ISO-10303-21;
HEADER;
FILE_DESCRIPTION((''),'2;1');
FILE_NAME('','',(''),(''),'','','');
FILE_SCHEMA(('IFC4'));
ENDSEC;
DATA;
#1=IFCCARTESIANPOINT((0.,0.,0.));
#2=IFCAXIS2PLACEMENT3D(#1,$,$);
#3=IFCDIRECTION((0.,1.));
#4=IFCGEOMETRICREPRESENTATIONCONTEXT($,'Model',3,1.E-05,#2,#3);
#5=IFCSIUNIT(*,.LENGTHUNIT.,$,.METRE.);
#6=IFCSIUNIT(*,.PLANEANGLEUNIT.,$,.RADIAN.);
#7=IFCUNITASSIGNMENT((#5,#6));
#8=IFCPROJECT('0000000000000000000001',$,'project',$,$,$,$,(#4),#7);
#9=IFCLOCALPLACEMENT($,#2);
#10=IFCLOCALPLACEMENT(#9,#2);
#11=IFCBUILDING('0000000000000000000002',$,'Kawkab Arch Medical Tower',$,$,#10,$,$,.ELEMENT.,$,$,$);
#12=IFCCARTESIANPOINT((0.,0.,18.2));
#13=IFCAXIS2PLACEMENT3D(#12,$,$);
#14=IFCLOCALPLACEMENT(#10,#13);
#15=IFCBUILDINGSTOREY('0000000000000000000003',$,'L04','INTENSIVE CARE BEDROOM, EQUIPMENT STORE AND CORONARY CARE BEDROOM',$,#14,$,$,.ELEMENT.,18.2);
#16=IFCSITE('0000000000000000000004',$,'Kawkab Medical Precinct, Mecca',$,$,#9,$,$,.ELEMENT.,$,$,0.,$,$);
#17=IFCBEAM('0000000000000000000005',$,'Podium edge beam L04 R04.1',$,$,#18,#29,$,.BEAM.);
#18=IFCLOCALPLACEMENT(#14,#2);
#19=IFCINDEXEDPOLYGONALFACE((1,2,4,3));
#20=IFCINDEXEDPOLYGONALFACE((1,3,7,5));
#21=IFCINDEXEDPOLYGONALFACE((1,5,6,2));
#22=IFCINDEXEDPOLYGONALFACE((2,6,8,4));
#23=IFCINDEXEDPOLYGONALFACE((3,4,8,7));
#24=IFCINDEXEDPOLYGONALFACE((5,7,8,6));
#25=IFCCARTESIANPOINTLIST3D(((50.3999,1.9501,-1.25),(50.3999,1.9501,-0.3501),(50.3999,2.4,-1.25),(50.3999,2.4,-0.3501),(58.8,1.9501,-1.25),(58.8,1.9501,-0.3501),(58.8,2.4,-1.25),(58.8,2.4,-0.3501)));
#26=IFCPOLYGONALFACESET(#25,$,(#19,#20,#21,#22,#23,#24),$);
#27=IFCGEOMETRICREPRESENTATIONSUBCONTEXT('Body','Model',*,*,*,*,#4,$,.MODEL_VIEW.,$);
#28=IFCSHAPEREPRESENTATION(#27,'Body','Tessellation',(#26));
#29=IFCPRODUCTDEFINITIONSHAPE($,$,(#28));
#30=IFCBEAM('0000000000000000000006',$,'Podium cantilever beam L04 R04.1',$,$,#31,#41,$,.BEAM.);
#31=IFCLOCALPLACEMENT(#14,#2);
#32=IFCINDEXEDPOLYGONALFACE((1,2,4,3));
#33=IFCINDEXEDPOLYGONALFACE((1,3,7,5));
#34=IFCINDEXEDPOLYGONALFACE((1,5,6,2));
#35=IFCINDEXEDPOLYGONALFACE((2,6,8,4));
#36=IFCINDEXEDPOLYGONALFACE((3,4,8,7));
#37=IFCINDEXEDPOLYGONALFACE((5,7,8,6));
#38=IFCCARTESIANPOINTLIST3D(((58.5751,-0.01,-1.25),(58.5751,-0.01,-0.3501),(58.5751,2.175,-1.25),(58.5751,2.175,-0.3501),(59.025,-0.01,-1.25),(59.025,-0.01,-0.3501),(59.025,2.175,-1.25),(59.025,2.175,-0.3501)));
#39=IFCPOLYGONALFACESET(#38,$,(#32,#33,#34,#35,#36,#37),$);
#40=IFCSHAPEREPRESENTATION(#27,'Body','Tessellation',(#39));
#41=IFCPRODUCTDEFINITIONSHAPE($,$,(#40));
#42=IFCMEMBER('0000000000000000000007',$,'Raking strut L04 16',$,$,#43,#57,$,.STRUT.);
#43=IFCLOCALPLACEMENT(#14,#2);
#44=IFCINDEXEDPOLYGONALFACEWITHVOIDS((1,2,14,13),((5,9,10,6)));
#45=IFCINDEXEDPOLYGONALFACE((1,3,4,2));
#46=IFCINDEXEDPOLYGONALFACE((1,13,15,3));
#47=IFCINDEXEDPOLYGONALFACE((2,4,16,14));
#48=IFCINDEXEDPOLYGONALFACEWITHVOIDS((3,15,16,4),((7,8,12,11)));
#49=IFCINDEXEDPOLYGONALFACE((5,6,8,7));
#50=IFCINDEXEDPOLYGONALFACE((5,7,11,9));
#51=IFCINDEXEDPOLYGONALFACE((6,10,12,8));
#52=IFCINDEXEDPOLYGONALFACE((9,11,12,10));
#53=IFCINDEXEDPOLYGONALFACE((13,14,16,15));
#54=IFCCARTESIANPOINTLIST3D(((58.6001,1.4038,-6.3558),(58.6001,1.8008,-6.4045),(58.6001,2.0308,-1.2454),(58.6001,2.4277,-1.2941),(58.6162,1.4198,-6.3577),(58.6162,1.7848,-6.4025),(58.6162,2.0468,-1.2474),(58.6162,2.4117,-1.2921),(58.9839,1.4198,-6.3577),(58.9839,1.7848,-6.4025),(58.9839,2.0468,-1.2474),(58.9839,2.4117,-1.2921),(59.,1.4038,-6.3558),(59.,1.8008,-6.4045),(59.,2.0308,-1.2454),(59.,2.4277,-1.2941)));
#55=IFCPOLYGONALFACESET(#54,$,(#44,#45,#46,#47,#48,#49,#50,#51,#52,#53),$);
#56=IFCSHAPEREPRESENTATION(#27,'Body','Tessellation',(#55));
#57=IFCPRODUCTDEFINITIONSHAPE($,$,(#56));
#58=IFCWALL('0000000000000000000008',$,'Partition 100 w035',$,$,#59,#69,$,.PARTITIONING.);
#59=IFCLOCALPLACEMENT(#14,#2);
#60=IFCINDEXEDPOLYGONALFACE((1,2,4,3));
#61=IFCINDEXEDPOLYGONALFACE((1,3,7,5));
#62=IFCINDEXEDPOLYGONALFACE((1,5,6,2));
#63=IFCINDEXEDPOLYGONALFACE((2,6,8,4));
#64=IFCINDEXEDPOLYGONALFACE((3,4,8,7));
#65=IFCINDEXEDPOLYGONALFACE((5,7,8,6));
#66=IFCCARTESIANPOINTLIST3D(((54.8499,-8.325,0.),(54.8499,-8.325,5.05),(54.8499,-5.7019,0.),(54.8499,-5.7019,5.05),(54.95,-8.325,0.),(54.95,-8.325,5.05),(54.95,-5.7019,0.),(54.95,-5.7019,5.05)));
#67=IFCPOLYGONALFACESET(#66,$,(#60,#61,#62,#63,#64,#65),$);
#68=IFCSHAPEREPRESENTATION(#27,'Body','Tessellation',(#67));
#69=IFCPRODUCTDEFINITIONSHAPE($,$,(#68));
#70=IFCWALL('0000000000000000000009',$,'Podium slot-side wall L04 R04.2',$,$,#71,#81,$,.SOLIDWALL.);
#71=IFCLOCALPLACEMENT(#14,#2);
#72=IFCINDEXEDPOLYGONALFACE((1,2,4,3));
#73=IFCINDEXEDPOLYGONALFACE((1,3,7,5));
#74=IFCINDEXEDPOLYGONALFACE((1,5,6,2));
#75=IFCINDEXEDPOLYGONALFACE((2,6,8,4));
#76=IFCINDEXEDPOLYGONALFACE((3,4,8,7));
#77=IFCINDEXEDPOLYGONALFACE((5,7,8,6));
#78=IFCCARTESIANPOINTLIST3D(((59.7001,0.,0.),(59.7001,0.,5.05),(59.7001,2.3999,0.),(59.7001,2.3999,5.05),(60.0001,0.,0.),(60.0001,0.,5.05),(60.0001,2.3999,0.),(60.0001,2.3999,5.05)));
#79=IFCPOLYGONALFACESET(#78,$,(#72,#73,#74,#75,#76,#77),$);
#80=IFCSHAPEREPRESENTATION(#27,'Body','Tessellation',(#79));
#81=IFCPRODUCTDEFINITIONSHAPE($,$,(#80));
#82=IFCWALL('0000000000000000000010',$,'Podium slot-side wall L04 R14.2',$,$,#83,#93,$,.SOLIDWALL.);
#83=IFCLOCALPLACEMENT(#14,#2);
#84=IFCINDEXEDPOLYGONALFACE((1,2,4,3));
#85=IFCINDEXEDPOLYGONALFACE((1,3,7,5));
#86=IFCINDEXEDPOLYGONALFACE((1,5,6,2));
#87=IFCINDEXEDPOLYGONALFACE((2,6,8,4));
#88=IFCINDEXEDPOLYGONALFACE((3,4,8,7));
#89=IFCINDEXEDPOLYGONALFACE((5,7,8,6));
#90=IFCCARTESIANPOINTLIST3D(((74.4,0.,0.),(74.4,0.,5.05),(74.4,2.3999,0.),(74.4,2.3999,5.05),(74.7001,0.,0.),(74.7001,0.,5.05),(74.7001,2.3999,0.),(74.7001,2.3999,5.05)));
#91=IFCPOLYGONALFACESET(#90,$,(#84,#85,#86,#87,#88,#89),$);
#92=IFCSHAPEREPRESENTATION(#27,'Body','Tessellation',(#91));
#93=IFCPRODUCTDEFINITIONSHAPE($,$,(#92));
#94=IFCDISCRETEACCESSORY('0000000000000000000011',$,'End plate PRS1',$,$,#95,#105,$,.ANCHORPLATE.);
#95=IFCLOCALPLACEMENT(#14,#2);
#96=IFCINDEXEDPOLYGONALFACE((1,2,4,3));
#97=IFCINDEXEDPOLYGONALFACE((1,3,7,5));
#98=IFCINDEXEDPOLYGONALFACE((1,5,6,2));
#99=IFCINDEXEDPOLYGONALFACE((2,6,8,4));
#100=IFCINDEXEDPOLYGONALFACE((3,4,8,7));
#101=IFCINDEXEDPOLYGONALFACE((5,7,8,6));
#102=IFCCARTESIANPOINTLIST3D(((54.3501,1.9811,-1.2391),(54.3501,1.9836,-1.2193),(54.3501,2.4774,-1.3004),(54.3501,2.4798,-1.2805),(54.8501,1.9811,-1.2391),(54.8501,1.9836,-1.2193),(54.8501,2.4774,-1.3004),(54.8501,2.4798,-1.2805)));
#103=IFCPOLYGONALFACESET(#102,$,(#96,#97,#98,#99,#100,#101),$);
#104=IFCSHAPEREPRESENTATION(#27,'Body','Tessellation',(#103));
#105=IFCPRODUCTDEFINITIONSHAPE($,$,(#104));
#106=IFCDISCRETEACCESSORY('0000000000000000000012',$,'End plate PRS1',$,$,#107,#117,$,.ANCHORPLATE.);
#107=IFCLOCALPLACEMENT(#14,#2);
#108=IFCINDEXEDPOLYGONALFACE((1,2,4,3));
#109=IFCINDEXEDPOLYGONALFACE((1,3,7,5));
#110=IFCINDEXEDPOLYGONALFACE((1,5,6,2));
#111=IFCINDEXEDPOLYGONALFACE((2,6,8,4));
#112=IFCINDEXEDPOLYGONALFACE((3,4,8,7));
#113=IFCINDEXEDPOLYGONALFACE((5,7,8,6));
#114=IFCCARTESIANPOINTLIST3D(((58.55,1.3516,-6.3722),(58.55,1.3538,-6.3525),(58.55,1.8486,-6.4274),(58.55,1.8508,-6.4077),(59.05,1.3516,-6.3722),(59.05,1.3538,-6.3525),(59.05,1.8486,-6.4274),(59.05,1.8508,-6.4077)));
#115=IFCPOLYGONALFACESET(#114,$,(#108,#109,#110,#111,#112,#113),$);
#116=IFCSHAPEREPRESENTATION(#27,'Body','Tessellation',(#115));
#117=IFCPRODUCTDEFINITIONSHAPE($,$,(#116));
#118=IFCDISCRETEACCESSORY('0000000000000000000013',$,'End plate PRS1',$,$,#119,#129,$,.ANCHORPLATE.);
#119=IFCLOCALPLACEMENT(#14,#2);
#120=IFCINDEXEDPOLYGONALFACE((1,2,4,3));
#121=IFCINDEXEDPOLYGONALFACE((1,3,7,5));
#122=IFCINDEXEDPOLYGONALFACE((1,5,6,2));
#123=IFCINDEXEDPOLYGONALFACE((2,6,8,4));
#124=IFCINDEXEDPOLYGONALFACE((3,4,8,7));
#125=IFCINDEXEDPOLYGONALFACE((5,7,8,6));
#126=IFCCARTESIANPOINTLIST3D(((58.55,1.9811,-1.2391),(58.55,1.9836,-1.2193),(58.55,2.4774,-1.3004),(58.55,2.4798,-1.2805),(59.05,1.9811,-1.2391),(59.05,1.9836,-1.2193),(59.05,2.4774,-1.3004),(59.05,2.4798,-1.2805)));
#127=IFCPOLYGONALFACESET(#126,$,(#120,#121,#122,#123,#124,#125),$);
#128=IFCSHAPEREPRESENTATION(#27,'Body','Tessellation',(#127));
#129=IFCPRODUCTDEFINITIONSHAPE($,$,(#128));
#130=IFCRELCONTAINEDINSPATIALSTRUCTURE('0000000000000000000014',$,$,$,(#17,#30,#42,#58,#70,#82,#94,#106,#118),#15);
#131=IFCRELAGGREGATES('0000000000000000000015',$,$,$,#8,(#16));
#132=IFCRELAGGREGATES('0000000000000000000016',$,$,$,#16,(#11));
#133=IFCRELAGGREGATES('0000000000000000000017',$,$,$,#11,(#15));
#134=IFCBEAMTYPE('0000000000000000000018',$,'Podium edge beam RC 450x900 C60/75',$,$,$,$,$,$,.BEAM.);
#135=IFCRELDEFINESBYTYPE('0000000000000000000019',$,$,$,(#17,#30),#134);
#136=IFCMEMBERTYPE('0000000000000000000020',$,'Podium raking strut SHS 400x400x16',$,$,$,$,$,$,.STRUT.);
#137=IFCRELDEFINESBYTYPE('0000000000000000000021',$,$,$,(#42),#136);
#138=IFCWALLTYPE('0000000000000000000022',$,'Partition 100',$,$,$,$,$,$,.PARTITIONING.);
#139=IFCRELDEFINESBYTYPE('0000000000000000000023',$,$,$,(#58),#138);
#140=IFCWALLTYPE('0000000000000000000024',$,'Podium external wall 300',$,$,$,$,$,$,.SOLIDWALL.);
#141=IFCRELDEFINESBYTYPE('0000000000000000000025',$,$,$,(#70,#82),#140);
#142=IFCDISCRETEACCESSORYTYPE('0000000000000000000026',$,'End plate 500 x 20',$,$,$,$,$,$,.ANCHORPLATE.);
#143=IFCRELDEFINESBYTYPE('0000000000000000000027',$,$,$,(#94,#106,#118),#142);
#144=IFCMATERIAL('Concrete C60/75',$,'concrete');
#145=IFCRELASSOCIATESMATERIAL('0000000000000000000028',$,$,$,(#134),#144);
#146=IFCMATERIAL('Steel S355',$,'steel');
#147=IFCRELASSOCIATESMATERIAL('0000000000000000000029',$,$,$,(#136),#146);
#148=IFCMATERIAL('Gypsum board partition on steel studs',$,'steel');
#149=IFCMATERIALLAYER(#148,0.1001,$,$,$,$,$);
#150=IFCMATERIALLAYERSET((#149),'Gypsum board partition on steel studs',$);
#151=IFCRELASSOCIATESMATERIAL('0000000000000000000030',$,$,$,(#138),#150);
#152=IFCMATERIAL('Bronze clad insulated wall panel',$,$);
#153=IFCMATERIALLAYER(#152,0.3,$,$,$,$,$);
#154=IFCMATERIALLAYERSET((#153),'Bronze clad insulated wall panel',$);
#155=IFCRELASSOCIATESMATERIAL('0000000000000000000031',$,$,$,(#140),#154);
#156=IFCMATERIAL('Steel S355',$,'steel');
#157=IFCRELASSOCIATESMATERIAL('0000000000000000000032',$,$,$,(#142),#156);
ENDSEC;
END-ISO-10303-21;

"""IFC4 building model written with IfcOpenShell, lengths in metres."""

from ifc_helpers import new_model, si_unit, direction, frame, frame_2d, origin, origin_2d, place, context, subcontext, project, spatial, rectangle, hollow_rectangle, extrude, material, layer, layer_set, material_profile, profile_set, type_object, element, save


model = new_model("IFC4")

# Units and contexts
model_context = context("Model", 3, precision=1e-05, world=origin(), true_north=direction((0.0, 1.0)))
body_context = subcontext(model_context, "Body", "Model", "MODEL_VIEW")
ifc_project = project(units=[si_unit("LENGTHUNIT", "METRE"), si_unit("PLANEANGLEUNIT", "RADIAN")], contexts=[model_context])

# Site, building, storey
site_placement = place(None, origin())
site = spatial("IfcSite", under=ifc_project, at=site_placement, Name="Kawkab Medical Precinct, Mecca", CompositionType="ELEMENT", RefElevation=0.0)
building_placement = place(site_placement, origin())
building = spatial("IfcBuilding", under=site, at=building_placement, Name="Kawkab Arch Medical Tower", CompositionType="ELEMENT")
storey_placement = place(building_placement, frame((0.0, 0.0, 18.2)))
storey = spatial("IfcBuildingStorey", under=building, at=storey_placement, Name="L04", Description="INTENSIVE CARE BEDROOM, EQUIPMENT STORE AND CORONARY CARE BEDROOM", CompositionType="ELEMENT", Elevation=18.2)

# Beams
ifc_material_1 = material(Name="Concrete C60/75", Category="concrete")
ifc_material_profile_1 = material_profile(ifc_material_1, rectangle(XDim=0.45, YDim=0.8999, at=origin_2d()), Name="RC 450x900")
ifc_profile_set_1 = profile_set([ifc_material_profile_1], Name="Concrete C60/75")
beam_type = type_object("IfcBeamType", Name="Podium edge beam RC 450x900 C60/75", PredefinedType="BEAM", material=ifc_profile_set_1)
beam_1_placement = place(storey_placement, frame((58.8, 2.175, -0.8), z_axis=(-1.0, 0.0, 0.0), x_axis=(0.0, -1.0, 0.0)))
element("IfcBeam", 1, at=beam_1_placement, inside=storey, type_object=beam_type, Name="Podium edge beam L04 R04.1", PredefinedType="BEAM", context=body_context, shape_type="SweptSolid", body=[
    extrude(rectangle(XDim=0.45, YDim=0.8999, at=origin_2d()), origin(), (0.0, 0.0, 1.0), 8.4001),
])
beam_2_placement = place(storey_placement, frame((58.8, -0.01, -0.8), z_axis=(0.0, 1.0, 0.0), x_axis=(-1.0, 0.0, 0.0)))
element("IfcBeam", 2, at=beam_2_placement, inside=storey, type_object=beam_type, Name="Podium cantilever beam L04 R04.1", PredefinedType="BEAM", context=body_context, shape_type="SweptSolid", body=[
    extrude(rectangle(XDim=0.45, YDim=0.8999, at=origin_2d()), origin(), (0.0, 0.0, 1.0), 2.1851),
])

# Member
ifc_material_2 = material(Name="Steel S355", Category="steel")
ifc_material_profile_2 = material_profile(ifc_material_2, hollow_rectangle(XDim=0.3999, YDim=0.3999, WallThickness=0.0161, at=origin_2d()), Name="SHS 400x400x16")
ifc_profile_set_2 = profile_set([ifc_material_profile_2], Name="Steel S355")
member_type = type_object("IfcMemberType", Name="Podium raking strut SHS 400x400x16", PredefinedType="STRUT", material=ifc_profile_set_2)
member_placement = place(storey_placement, frame((58.8, 1.6023, -6.3801), z_axis=(0.0, 0.12177, 0.992558), x_axis=(-1.0, 0.0, 0.0)))
element("IfcMember", 3, at=member_placement, inside=storey, type_object=member_type, Name="Raking strut L04 16", PredefinedType="STRUT", context=body_context, shape_type="SweptSolid", body=[
    extrude(hollow_rectangle(XDim=0.3999, YDim=0.3999, WallThickness=0.0161, at=origin_2d()), origin(), (0.0, 0.0, 1.0), 5.1487),
])

# Walls
ifc_material_3 = material(Name="Gypsum board partition on steel studs", Category="steel")
ifc_layer_1 = layer(ifc_material_3, 0.1001)
ifc_layer_set_1 = layer_set([ifc_layer_1], Name="Gypsum board partition on steel studs")
wall_type_1 = type_object("IfcWallType", Name="Partition 100", PredefinedType="PARTITIONING", material=ifc_layer_set_1)
wall_1_placement = place(storey_placement, frame((54.8999, -8.325, 0.0), z_axis=(0.0, 0.0, 1.0), x_axis=(0.0, 1.0, 0.0)))
element("IfcWall", 4, at=wall_1_placement, inside=storey, type_object=wall_type_1, Name="Partition 100 w035", PredefinedType="PARTITIONING", context=body_context, shape_type="SweptSolid", body=[
    extrude(rectangle(XDim=2.623, YDim=0.1001, at=frame_2d((1.3115, 0.0))), origin(), (0.0, 0.0, 1.0), 5.05),
])
ifc_material_4 = material(Name="Bronze clad insulated wall panel")
ifc_layer_2 = layer(ifc_material_4, 0.3)
ifc_layer_set_2 = layer_set([ifc_layer_2], Name="Bronze clad insulated wall panel")
wall_type_2 = type_object("IfcWallType", Name="Podium external wall 300", PredefinedType="SOLIDWALL", material=ifc_layer_set_2)
wall_2_placement = place(storey_placement, frame((59.8501, 0.0, 0.0), z_axis=(0.0, 0.0, 1.0), x_axis=(0.0, 1.0, 0.0)))
element("IfcWall", 5, at=wall_2_placement, inside=storey, type_object=wall_type_2, Name="Podium slot-side wall L04 R04.2", PredefinedType="SOLIDWALL", context=body_context, shape_type="SweptSolid", body=[
    extrude(rectangle(XDim=2.3999, YDim=0.3, at=frame_2d((1.2, 0.0))), origin(), (0.0, 0.0, 1.0), 5.05),
])

# Wall
wall_3_placement = place(storey_placement, frame((74.55, 2.3999, 0.0), z_axis=(0.0, 0.0, 1.0), x_axis=(0.0, -1.0, 0.0)))
element("IfcWall", 6, at=wall_3_placement, inside=storey, type_object=wall_type_2, Name="Podium slot-side wall L04 R14.2", PredefinedType="SOLIDWALL", context=body_context, shape_type="SweptSolid", body=[
    extrude(rectangle(XDim=2.3999, YDim=0.3, at=frame_2d((1.2, 0.0))), origin(), (0.0, 0.0, 1.0), 5.05),
])

# Discrete accessories
ifc_material_5 = material(Name="Steel S355", Category="steel")
ifc_material_profile_3 = material_profile(ifc_material_5, rectangle(XDim=0.5, YDim=0.5, at=origin_2d()), Name="End plate 500 x 20")
ifc_profile_set_3 = profile_set([ifc_material_profile_3], Name="Steel S355")
discrete_accessory_type = type_object("IfcDiscreteAccessoryType", Name="End plate 500 x 20", PredefinedType="ANCHORPLATE", material=ifc_profile_set_3)
discrete_accessory_1_placement = place(storey_placement, frame((54.6001, 2.2292, -1.2698), z_axis=(0.0, 0.122527, 0.992465), x_axis=(-1.0, 0.0, 0.0)))
element("IfcDiscreteAccessory", 7, at=discrete_accessory_1_placement, inside=storey, type_object=discrete_accessory_type, Name="End plate PRS1", PredefinedType="ANCHORPLATE", context=body_context, shape_type="SweptSolid", body=[
    extrude(rectangle(XDim=0.5, YDim=0.5, at=origin_2d()), origin(), (0.0, 0.0, 1.0), 0.02),
])
discrete_accessory_2_placement = place(storey_placement, frame((58.8, 1.6023, -6.3801), z_axis=(0.0, -0.110432, -0.993884), x_axis=(1.0, 0.0, 0.0)))
element("IfcDiscreteAccessory", 8, at=discrete_accessory_2_placement, inside=storey, type_object=discrete_accessory_type, Name="End plate PRS1", PredefinedType="ANCHORPLATE", context=body_context, shape_type="SweptSolid", body=[
    extrude(rectangle(XDim=0.5, YDim=0.5, at=origin_2d()), origin(), (0.0, 0.0, 1.0), 0.0198),
])
discrete_accessory_3_placement = place(storey_placement, frame((58.8, 2.2292, -1.2698), z_axis=(0.0, 0.122527, 0.992465), x_axis=(-1.0, 0.0, 0.0)))
element("IfcDiscreteAccessory", 9, at=discrete_accessory_3_placement, inside=storey, type_object=discrete_accessory_type, Name="End plate PRS1", PredefinedType="ANCHORPLATE", context=body_context, shape_type="SweptSolid", body=[
    extrude(rectangle(XDim=0.5, YDim=0.5, at=origin_2d()), origin(), (0.0, 0.0, 1.0), 0.02),
])

save(model, "model.ifc")
